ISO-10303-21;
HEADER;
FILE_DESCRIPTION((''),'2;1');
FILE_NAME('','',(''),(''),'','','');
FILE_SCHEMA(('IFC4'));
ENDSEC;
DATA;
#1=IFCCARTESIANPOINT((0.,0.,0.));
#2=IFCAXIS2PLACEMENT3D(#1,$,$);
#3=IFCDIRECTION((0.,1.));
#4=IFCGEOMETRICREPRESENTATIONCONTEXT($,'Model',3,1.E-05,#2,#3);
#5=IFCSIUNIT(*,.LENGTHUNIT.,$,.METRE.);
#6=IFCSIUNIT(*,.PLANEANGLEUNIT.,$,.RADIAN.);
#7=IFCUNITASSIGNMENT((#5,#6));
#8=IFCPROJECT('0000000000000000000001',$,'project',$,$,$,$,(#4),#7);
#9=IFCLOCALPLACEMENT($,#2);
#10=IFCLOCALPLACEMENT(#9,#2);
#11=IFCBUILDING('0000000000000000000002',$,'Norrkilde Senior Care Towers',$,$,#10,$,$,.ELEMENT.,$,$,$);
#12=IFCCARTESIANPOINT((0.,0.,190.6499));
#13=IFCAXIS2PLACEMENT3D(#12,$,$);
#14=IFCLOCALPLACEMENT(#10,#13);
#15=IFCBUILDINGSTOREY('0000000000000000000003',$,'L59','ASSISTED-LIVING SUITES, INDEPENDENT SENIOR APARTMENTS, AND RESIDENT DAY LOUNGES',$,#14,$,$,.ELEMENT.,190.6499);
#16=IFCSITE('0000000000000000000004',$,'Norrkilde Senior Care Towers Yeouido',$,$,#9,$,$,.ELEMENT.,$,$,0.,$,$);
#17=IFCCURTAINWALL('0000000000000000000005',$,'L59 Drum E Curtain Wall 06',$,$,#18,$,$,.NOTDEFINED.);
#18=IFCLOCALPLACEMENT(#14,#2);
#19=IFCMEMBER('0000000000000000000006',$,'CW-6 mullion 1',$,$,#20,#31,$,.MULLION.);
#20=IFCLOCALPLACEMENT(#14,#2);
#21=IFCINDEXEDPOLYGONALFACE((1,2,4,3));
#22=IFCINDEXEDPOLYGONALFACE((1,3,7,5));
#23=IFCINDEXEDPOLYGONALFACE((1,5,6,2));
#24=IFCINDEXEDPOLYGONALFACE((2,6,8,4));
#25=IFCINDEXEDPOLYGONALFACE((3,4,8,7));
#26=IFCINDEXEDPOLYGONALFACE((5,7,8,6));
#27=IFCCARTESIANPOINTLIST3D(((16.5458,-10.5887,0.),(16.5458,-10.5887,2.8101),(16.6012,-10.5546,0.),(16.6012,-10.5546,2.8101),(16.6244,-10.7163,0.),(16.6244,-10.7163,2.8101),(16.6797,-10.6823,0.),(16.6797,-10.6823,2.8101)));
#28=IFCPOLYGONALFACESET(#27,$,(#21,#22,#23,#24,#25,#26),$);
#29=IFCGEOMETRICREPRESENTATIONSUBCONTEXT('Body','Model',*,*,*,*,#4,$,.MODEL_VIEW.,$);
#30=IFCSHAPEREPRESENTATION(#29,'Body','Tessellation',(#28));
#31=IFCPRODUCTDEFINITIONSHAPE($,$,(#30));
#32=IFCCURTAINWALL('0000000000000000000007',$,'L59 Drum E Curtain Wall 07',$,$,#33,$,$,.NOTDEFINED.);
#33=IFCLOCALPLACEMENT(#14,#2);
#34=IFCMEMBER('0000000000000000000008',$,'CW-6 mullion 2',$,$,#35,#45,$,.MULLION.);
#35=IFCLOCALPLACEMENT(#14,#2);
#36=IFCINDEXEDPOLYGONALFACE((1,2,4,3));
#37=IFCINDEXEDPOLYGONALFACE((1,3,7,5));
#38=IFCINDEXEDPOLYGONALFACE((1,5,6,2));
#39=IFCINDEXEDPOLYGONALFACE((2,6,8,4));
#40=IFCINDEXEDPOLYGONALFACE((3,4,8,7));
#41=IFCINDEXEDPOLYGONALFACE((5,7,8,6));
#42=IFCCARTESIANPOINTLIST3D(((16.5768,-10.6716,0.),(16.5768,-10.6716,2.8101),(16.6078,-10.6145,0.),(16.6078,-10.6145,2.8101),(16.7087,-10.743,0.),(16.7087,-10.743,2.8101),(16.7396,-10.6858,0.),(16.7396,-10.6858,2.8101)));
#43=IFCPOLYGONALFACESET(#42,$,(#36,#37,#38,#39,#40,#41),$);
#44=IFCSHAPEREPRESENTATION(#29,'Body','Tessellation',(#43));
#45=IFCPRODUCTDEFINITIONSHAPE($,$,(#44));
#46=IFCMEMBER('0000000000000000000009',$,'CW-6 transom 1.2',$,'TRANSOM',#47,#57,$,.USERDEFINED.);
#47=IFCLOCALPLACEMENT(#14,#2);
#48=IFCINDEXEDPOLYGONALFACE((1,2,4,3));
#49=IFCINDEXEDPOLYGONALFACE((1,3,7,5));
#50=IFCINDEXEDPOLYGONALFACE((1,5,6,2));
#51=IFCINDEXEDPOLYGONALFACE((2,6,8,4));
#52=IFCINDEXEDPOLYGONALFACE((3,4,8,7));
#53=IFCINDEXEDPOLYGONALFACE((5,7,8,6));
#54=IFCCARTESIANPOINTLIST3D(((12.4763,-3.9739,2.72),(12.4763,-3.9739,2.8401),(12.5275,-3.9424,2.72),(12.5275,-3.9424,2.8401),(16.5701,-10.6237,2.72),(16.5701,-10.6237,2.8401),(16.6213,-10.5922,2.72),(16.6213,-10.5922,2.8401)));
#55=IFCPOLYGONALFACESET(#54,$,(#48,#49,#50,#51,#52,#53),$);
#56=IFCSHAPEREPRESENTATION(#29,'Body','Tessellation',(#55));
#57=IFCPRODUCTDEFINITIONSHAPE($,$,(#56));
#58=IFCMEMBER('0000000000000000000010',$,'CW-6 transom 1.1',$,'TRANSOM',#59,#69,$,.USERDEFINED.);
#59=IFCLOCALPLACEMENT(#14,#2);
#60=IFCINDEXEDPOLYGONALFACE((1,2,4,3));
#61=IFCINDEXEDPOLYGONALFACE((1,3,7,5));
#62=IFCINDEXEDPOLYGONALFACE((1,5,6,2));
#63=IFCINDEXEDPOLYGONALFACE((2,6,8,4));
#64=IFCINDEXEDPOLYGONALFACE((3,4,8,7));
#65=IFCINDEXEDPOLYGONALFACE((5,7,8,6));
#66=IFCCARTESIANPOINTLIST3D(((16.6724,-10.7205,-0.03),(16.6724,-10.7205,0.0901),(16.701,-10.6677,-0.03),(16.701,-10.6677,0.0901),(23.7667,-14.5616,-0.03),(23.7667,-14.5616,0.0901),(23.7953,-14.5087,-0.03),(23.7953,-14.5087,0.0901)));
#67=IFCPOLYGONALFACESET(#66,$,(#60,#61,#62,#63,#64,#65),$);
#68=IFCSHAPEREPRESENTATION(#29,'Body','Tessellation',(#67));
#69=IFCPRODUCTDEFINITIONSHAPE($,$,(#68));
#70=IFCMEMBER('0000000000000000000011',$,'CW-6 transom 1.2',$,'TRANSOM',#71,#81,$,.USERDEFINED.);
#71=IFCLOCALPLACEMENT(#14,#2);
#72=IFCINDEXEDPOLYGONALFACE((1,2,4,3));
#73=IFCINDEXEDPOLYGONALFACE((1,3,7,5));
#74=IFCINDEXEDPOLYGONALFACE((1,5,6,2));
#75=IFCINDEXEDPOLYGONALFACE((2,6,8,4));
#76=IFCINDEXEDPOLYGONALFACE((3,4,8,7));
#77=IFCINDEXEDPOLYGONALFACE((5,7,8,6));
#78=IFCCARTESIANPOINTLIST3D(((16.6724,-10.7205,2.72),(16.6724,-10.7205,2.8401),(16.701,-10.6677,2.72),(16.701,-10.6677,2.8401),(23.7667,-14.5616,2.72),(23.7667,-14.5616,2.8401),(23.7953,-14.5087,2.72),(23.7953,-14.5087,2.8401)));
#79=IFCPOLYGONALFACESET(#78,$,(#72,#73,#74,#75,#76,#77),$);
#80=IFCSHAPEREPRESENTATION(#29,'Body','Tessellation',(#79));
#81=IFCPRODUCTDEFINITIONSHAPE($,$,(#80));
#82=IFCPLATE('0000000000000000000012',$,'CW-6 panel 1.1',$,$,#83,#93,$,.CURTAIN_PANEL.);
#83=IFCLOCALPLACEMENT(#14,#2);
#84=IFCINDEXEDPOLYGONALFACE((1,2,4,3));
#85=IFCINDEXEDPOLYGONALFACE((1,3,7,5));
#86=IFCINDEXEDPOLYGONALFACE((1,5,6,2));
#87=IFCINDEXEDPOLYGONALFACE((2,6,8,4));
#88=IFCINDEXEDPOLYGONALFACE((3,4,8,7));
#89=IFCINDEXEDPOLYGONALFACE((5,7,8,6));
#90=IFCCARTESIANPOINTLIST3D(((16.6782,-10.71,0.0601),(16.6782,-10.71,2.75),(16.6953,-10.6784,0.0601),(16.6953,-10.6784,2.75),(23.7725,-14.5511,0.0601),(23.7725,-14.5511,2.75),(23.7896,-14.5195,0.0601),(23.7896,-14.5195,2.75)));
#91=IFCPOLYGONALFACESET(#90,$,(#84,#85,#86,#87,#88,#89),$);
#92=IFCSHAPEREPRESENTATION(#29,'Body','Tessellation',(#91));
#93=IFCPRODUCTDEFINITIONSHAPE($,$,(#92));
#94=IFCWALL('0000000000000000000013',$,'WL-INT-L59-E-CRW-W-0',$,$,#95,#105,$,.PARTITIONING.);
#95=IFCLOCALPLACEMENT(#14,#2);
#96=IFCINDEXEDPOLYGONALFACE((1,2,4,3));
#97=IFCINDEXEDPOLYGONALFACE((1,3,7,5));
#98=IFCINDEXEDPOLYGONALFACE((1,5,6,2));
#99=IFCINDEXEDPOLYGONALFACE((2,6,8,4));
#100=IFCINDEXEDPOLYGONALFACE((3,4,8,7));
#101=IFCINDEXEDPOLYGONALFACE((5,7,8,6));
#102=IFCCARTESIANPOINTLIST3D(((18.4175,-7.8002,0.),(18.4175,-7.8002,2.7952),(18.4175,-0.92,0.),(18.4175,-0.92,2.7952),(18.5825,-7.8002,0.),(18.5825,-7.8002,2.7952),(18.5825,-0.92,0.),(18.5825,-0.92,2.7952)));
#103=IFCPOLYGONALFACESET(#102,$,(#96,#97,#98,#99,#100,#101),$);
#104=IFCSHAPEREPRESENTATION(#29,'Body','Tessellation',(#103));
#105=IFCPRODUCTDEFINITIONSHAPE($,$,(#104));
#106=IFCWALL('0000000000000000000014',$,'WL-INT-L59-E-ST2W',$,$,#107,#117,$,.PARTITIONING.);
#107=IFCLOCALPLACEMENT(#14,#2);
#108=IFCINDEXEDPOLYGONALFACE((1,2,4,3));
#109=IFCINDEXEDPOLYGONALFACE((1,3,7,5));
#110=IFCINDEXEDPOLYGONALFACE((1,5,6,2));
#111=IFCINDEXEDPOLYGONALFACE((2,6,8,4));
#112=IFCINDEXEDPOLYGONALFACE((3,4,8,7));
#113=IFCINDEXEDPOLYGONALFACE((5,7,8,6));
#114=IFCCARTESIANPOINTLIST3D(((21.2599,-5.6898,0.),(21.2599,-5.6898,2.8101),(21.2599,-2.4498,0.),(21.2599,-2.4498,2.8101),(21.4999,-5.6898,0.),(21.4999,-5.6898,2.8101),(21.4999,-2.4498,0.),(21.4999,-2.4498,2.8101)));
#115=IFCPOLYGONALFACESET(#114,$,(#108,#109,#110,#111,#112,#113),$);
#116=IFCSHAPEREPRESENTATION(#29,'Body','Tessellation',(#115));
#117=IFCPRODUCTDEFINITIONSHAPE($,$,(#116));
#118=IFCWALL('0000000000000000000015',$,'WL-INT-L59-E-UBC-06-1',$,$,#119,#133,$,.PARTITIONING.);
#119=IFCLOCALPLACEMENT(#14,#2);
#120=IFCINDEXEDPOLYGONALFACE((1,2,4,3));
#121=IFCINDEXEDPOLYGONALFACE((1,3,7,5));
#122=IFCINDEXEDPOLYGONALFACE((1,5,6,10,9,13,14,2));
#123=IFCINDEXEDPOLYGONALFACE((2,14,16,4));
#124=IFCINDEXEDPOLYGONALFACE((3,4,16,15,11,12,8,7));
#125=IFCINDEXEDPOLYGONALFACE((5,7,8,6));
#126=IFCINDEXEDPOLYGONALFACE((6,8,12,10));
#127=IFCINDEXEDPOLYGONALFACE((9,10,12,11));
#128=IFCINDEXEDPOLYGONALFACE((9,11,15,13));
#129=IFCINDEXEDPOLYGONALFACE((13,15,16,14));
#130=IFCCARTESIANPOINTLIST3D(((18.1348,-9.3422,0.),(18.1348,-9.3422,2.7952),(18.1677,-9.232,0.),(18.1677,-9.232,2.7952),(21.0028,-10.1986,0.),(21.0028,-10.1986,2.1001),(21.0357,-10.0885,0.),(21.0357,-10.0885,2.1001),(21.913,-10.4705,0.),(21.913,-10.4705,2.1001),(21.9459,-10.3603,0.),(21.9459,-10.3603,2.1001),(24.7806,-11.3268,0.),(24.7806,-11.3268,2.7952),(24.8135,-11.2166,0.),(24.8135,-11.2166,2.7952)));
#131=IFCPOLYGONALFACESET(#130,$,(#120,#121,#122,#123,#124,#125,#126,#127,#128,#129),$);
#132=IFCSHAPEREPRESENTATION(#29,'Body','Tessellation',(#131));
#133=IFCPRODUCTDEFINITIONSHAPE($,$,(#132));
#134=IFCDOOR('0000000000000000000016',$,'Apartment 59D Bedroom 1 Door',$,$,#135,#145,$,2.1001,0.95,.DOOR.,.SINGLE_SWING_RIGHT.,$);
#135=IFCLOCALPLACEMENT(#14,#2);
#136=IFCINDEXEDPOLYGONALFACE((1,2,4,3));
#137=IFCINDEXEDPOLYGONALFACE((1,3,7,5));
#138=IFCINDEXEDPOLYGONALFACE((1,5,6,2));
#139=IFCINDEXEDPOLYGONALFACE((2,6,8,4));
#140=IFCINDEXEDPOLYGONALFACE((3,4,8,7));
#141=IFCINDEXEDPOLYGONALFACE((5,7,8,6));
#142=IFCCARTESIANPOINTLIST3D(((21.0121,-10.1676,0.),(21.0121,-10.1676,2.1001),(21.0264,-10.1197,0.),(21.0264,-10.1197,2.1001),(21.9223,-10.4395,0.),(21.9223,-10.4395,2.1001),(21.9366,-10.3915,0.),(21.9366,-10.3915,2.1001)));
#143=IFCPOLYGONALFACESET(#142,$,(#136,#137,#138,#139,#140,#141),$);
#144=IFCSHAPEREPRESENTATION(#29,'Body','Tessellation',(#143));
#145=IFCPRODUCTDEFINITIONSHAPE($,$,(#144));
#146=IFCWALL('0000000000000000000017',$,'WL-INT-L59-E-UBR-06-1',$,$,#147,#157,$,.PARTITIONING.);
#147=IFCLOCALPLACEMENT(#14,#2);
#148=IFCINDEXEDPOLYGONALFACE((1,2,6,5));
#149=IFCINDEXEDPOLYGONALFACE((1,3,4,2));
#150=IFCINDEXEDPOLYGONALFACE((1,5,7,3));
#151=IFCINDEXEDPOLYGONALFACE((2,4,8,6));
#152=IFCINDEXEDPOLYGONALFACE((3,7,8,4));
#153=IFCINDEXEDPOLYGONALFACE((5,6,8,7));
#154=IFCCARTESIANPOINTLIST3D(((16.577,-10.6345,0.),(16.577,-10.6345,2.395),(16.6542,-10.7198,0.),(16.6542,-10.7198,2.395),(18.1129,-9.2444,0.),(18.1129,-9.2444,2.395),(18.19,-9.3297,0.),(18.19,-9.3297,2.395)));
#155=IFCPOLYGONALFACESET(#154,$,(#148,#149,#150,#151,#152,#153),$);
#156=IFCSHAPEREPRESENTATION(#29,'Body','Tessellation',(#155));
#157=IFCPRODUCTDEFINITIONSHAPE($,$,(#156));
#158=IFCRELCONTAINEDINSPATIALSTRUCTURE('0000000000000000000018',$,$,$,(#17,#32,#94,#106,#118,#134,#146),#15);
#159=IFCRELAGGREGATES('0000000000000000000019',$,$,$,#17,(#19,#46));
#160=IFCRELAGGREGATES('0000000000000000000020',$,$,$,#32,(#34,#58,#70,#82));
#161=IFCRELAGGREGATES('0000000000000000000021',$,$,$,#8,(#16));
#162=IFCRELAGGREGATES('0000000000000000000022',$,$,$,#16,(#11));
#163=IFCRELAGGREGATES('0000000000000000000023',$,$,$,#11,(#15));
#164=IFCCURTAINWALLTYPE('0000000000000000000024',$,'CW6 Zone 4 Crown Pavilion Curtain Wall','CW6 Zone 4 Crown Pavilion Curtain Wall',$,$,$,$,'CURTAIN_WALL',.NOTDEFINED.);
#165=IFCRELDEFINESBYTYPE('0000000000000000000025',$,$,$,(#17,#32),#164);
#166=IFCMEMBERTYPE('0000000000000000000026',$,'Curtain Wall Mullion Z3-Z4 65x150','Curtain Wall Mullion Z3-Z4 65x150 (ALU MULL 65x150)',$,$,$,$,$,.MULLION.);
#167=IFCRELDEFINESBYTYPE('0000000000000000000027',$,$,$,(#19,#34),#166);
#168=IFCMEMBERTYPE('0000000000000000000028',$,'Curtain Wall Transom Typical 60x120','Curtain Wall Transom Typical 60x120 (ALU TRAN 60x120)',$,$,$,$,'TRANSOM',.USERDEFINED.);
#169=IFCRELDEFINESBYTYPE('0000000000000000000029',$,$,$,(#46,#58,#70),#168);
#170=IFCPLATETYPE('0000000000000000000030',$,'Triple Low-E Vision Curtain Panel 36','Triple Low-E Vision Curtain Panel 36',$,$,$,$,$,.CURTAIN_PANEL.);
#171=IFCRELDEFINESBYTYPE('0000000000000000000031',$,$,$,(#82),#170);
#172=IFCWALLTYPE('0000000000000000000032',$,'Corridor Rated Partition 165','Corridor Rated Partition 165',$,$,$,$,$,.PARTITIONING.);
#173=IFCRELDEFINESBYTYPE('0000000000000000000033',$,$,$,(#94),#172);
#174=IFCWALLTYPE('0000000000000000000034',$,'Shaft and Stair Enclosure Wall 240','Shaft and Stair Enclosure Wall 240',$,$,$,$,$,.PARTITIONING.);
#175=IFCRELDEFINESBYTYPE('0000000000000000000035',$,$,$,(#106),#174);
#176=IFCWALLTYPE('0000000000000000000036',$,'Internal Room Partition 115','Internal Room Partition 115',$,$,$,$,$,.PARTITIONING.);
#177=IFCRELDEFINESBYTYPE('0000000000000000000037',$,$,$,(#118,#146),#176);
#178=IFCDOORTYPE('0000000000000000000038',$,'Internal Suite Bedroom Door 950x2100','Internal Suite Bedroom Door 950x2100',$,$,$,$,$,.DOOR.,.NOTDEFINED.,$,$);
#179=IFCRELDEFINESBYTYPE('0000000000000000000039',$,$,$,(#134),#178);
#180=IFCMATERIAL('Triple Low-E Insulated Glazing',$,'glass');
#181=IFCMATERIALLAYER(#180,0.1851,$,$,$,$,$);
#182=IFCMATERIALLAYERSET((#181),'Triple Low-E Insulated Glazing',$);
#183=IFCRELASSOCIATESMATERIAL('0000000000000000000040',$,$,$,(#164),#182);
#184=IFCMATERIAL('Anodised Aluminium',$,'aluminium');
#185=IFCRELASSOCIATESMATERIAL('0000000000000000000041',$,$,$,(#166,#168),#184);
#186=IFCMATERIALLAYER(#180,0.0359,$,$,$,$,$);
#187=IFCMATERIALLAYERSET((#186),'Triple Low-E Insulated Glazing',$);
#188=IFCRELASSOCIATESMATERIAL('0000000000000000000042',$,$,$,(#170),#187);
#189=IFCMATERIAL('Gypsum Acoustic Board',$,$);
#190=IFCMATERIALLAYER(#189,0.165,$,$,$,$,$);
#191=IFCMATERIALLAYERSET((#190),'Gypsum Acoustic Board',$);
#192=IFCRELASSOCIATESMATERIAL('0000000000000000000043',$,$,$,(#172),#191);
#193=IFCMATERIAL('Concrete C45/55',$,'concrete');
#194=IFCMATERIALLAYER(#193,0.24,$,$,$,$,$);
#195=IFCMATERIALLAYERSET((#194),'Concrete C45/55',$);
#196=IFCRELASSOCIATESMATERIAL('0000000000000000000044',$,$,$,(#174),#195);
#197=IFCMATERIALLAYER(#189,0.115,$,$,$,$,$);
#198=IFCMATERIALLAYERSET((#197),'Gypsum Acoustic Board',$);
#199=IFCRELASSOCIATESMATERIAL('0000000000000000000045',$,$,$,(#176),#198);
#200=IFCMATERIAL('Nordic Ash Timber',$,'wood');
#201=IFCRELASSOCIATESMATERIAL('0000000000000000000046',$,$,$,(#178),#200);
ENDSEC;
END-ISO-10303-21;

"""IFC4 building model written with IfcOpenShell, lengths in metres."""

from ifc_helpers import new_model, si_unit, direction, frame, frame_2d, origin, origin_2d, place, context, subcontext, project, spatial, rectangle, extrude, source, transform, mapped, material, layer, layer_set, material_profile, profile_set, type_object, type_shapes, element, fill, aggregate, save


model = new_model("IFC4")

# Units and contexts
model_context = context("Model", 3, precision=1e-05, world=origin(), true_north=direction((0.0, 1.0)))
body_context = subcontext(model_context, "Body", "Model", "MODEL_VIEW")
ifc_project = project(units=[si_unit("LENGTHUNIT", "METRE"), si_unit("PLANEANGLEUNIT", "RADIAN")], contexts=[model_context])

# Site, building, storey
site_placement = place(None, origin())
site = spatial("IfcSite", under=ifc_project, at=site_placement, Name="Norrkilde Senior Care Towers Yeouido", CompositionType="ELEMENT", RefElevation=0.0)
building_placement = place(site_placement, origin())
building = spatial("IfcBuilding", under=site, at=building_placement, Name="Norrkilde Senior Care Towers", CompositionType="ELEMENT")
storey_placement = place(building_placement, frame((0.0, 0.0, 190.6499)))
storey = spatial("IfcBuildingStorey", under=building, at=storey_placement, Name="L59", Description="ASSISTED-LIVING SUITES, INDEPENDENT SENIOR APARTMENTS, AND RESIDENT DAY LOUNGES", CompositionType="ELEMENT", Elevation=190.6499)

# Curtain walls, members
ifc_material_1 = material(Name="Triple Low-E Insulated Glazing", Category="glass")
ifc_layer_1 = layer(ifc_material_1, 0.1851)
ifc_layer_set_1 = layer_set([ifc_layer_1], Name="Triple Low-E Insulated Glazing")
curtain_wall_type = type_object("IfcCurtainWallType", Name="CW6 Zone 4 Crown Pavilion Curtain Wall", Description="CW6 Zone 4 Crown Pavilion Curtain Wall", ElementType="CURTAIN_WALL", PredefinedType="NOTDEFINED", material=ifc_layer_set_1)
curtain_wall_1_placement = place(storey_placement, origin())
curtain_wall_1 = element("IfcCurtainWall", 1, at=curtain_wall_1_placement, inside=storey, type_object=curtain_wall_type, Name="L59 Drum E Curtain Wall 06", PredefinedType="NOTDEFINED")
ifc_material_2 = material(Name="Anodised Aluminium", Category="aluminium")
ifc_material_profile_1 = material_profile(ifc_material_2, rectangle(XDim=0.0649, YDim=0.1499, at=origin_2d()), Name="ALU MULL 65x150")
ifc_profile_set_1 = profile_set([ifc_material_profile_1], Name="Anodised Aluminium")
member_type_1 = type_object("IfcMemberType", Name="Curtain Wall Mullion Z3-Z4 65x150", Description="Curtain Wall Mullion Z3-Z4 65x150 (ALU MULL 65x150)", PredefinedType="MULLION", material=ifc_profile_set_1)
shared_shape_1 = source(origin(), body_context, "Body", "SweptSolid", [
    extrude(rectangle(XDim=0.0649, YDim=0.1499, at=origin_2d()), origin(), (0.0, 0.0, 1.0), 2.8101),
])
type_shapes(member_type_1, [shared_shape_1])
member_1_placement = place(storey_placement, frame((16.6128, -10.6355, 0.0), z_axis=(0.0, 0.0, 1.0), x_axis=(-0.851563, -0.524253, 0.0)))
member_1 = element("IfcMember", 2, at=member_1_placement, type_object=member_type_1, Name="CW-6 mullion 1", PredefinedType="MULLION", context=body_context, shape_type="MappedRepresentation", body=[
    mapped(shared_shape_1, transform((0.0, 0.0, 0.0), x_axis=(1.0, 0.0, 0.0), y_axis=(0.0, 1.0, 0.0), z_axis=(0.0, 0.0, 1.0), scale=1.0)),
])
curtain_wall_2_placement = place(storey_placement, origin())
curtain_wall_2 = element("IfcCurtainWall", 3, at=curtain_wall_2_placement, inside=storey, type_object=curtain_wall_type, Name="L59 Drum E Curtain Wall 07", PredefinedType="NOTDEFINED")
member_2_placement = place(storey_placement, frame((16.6582, -10.6787, 0.0), z_axis=(0.0, 0.0, 1.0), x_axis=(-0.476133, -0.879373, 0.0)))
member_2 = element("IfcMember", 4, at=member_2_placement, type_object=member_type_1, Name="CW-6 mullion 2", PredefinedType="MULLION", context=body_context, shape_type="MappedRepresentation", body=[
    mapped(shared_shape_1, transform((0.0, 0.0, 0.0), x_axis=(1.0, 0.0, 0.0), y_axis=(0.0, 1.0, 0.0), z_axis=(0.0, 0.0, 1.0), scale=1.0)),
])

# Members
ifc_material_profile_2 = material_profile(ifc_material_2, rectangle(XDim=0.0601, YDim=0.1201, at=origin_2d()), Name="ALU TRAN 60x120")
ifc_profile_set_2 = profile_set([ifc_material_profile_2], Name="Anodised Aluminium")
member_type_2 = type_object("IfcMemberType", Name="Curtain Wall Transom Typical 60x120", Description="Curtain Wall Transom Typical 60x120 (ALU TRAN 60x120)", ElementType="TRANSOM", PredefinedType="USERDEFINED", material=ifc_profile_set_2)
shared_shape_2 = source(origin(), body_context, "Body", "SweptSolid", [
    extrude(rectangle(XDim=0.0601, YDim=0.1201, at=origin_2d()), origin(), (0.0, 0.0, 1.0), 7.8088),
])
member_3_placement = place(storey_placement, frame((16.5957, -10.6079, 2.78), z_axis=(-0.524251, 0.851564, 0.0), x_axis=(-0.851564, -0.524251, 0.0)))
member_3 = element("IfcMember", 5, at=member_3_placement, type_object=member_type_2, Name="CW-6 transom 1.2", ObjectType="TRANSOM", PredefinedType="USERDEFINED", context=body_context, shape_type="MappedRepresentation", body=[
    mapped(shared_shape_2, transform((0.0, 0.0, 0.0), x_axis=(1.0, 0.0, 0.0), y_axis=(0.0, 1.0, 0.0), z_axis=(0.0, 0.0, 1.0), scale=1.0)),
])
aggregate(curtain_wall_1, [member_1, member_3])
shared_shape_3 = source(origin(), body_context, "Body", "SweptSolid", [
    extrude(rectangle(XDim=0.0601, YDim=0.1201, at=origin_2d()), origin(), (0.0, 0.0, 1.0), 8.0674),
])
type_shapes(member_type_2, [shared_shape_2, shared_shape_3])
member_4_placement = place(storey_placement, frame((23.781, -14.5352, 0.03), z_axis=(-0.879378, 0.476125, 0.0), x_axis=(-0.476125, -0.879378, 0.0)))
member_4 = element("IfcMember", 6, at=member_4_placement, type_object=member_type_2, Name="CW-6 transom 1.1", ObjectType="TRANSOM", PredefinedType="USERDEFINED", context=body_context, shape_type="MappedRepresentation", body=[
    mapped(shared_shape_3, transform((0.0, 0.0, 0.0), x_axis=(1.0, 0.0, 0.0), y_axis=(0.0, 1.0, 0.0), z_axis=(0.0, 0.0, 1.0), scale=1.0)),
])
member_5_placement = place(storey_placement, frame((23.781, -14.5352, 2.78), z_axis=(-0.879378, 0.476125, 0.0), x_axis=(-0.476125, -0.879378, 0.0)))
member_5 = element("IfcMember", 7, at=member_5_placement, type_object=member_type_2, Name="CW-6 transom 1.2", ObjectType="TRANSOM", PredefinedType="USERDEFINED", context=body_context, shape_type="MappedRepresentation", body=[
    mapped(shared_shape_3, transform((0.0, 0.0, 0.0), x_axis=(1.0, 0.0, 0.0), y_axis=(0.0, 1.0, 0.0), z_axis=(0.0, 0.0, 1.0), scale=1.0)),
])

# Plate
ifc_layer_2 = layer(ifc_material_1, 0.0359)
ifc_layer_set_2 = layer_set([ifc_layer_2], Name="Triple Low-E Insulated Glazing")
plate_type = type_object("IfcPlateType", Name="Triple Low-E Vision Curtain Panel 36", Description="Triple Low-E Vision Curtain Panel 36", PredefinedType="CURTAIN_PANEL", material=ifc_layer_set_2)
shared_shape_4 = source(origin(), body_context, "Body", "SweptSolid", [
    extrude(rectangle(XDim=8.0674, YDim=0.0359, at=origin_2d()), origin(), (0.0, 0.0, 1.0), 2.6899),
])
type_shapes(plate_type, [shared_shape_4])
plate_placement = place(storey_placement, frame((20.2339, -12.6147, 0.0601), z_axis=(0.0, 0.0, 1.0), x_axis=(-0.879373, 0.476133, 0.0)))
plate = element("IfcPlate", 8, at=plate_placement, type_object=plate_type, Name="CW-6 panel 1.1", PredefinedType="CURTAIN_PANEL", context=body_context, shape_type="MappedRepresentation", body=[
    mapped(shared_shape_4, transform((0.0, 0.0, 0.0), x_axis=(1.0, 0.0, 0.0), y_axis=(0.0, 1.0, 0.0), z_axis=(0.0, 0.0, 1.0), scale=1.0)),
])
aggregate(curtain_wall_2, [member_2, member_4, member_5, plate])

# Walls
ifc_material_3 = material(Name="Gypsum Acoustic Board")
ifc_layer_3 = layer(ifc_material_3, 0.165)
ifc_layer_set_3 = layer_set([ifc_layer_3], Name="Gypsum Acoustic Board")
wall_type_1 = type_object("IfcWallType", Name="Corridor Rated Partition 165", Description="Corridor Rated Partition 165", PredefinedType="PARTITIONING", material=ifc_layer_set_3)
shared_shape_5 = source(origin(), body_context, "Body", "SweptSolid", [
    extrude(rectangle(XDim=6.8801, YDim=0.165, at=frame_2d((3.4399, 0.0))), origin(), (0.0, 0.0, 1.0), 2.7952),
])
type_shapes(wall_type_1, [shared_shape_5])
wall_1_placement = place(storey_placement, frame((18.5, -7.8, 0.0), z_axis=(0.0, 0.0, 1.0), x_axis=(0.0, 1.0, 0.0)))
element("IfcWall", 9, at=wall_1_placement, inside=storey, type_object=wall_type_1, Name="WL-INT-L59-E-CRW-W-0", PredefinedType="PARTITIONING", context=body_context, shape_type="MappedRepresentation", body=[
    mapped(shared_shape_5, transform((0.0, 0.0, 0.0), x_axis=(1.0, 0.0, 0.0), y_axis=(0.0, 1.0, 0.0), z_axis=(0.0, 0.0, 1.0), scale=1.0)),
])
ifc_material_4 = material(Name="Concrete C45/55", Category="concrete")
ifc_layer_4 = layer(ifc_material_4, 0.24)
ifc_layer_set_4 = layer_set([ifc_layer_4], Name="Concrete C45/55")
wall_type_2 = type_object("IfcWallType", Name="Shaft and Stair Enclosure Wall 240", Description="Shaft and Stair Enclosure Wall 240", PredefinedType="PARTITIONING", material=ifc_layer_set_4)
shared_shape_6 = source(origin(), body_context, "Body", "SweptSolid", [
    extrude(rectangle(XDim=3.24, YDim=0.24, at=frame_2d((1.6201, 0.0))), origin(), (0.0, 0.0, 1.0), 2.8101),
])
type_shapes(wall_type_2, [shared_shape_6])
wall_2_placement = place(storey_placement, frame((21.3799, -5.6899, 0.0), z_axis=(0.0, 0.0, 1.0), x_axis=(0.0, 1.0, 0.0)))
element("IfcWall", 10, at=wall_2_placement, inside=storey, type_object=wall_type_2, Name="WL-INT-L59-E-ST2W", PredefinedType="PARTITIONING", context=body_context, shape_type="MappedRepresentation", body=[
    mapped(shared_shape_6, transform((0.0, 0.0, 0.0), x_axis=(1.0, 0.0, 0.0), y_axis=(0.0, 1.0, 0.0), z_axis=(0.0, 0.0, 1.0), scale=1.0)),
])

# Wall, opening, door
ifc_layer_5 = layer(ifc_material_3, 0.115)
ifc_layer_set_5 = layer_set([ifc_layer_5], Name="Gypsum Acoustic Board")
wall_type_3 = type_object("IfcWallType", Name="Internal Room Partition 115", Description="Internal Room Partition 115", PredefinedType="PARTITIONING", material=ifc_layer_set_5)
shared_shape_7 = source(origin(), body_context, "Body", "SweptSolid", [
    extrude(rectangle(XDim=6.9358, YDim=0.115, at=frame_2d((3.4678, 0.0))), origin(), (0.0, 0.0, 1.0), 2.7952),
])
wall_3_placement = place(storey_placement, frame((18.1514, -9.2871, 0.0), z_axis=(0.0, 0.0, 1.0), x_axis=(0.958187, -0.286143, 0.0)))
wall_3 = element("IfcWall", 11, at=wall_3_placement, inside=storey, type_object=wall_type_3, Name="WL-INT-L59-E-UBC-06-1", PredefinedType="PARTITIONING", context=body_context, shape_type="MappedRepresentation", body=[
    mapped(shared_shape_7, transform((0.0, 0.0, 0.0), x_axis=(1.0, 0.0, 0.0), y_axis=(0.0, 1.0, 0.0), z_axis=(0.0, 0.0, 1.0), scale=1.0)),
])
opening_placement = place(wall_3_placement, frame((2.9929, 0.0, 0.0)))
opening = element("IfcOpeningElement", 12, at=opening_placement, cuts=wall_3, PredefinedType="OPENING", context=body_context, shape_type="SweptSolid", body=[
    extrude(rectangle(XDim=0.95, YDim=2.1001, at=frame_2d((0.4751, 1.05))), frame((0.0, 0.0674, 0.0), z_axis=(0.0, -1.0, 0.0), x_axis=(1.0, 0.0, 0.0)), (0.0, 0.0, 1.0), 0.135),
])
ifc_material_5 = material(Name="Nordic Ash Timber", Category="wood")
door_type = type_object("IfcDoorType", Name="Internal Suite Bedroom Door 950x2100", Description="Internal Suite Bedroom Door 950x2100", OperationType="NOTDEFINED", PredefinedType="DOOR", material=ifc_material_5)
shared_shape_8 = source(origin(), body_context, "Body", "SweptSolid", [
    extrude(rectangle(XDim=0.95, YDim=2.1001, at=frame_2d((0.4751, 1.05))), frame((0.0, 0.0249, 0.0), z_axis=(0.0, -1.0, 0.0), x_axis=(1.0, 0.0, 0.0)), (0.0, 0.0, 1.0), 0.05),
])
type_shapes(door_type, [shared_shape_8])
door_placement = place(opening_placement, origin())
door = element("IfcDoor", 13, at=door_placement, inside=storey, type_object=door_type, Name="Apartment 59D Bedroom 1 Door", OperationType="SINGLE_SWING_RIGHT", OverallHeight=2.1001, OverallWidth=0.95, PredefinedType="DOOR", context=body_context, shape_type="MappedRepresentation", body=[
    mapped(shared_shape_8, transform((0.0, 0.0, 0.0), x_axis=(1.0, 0.0, 0.0), y_axis=(0.0, 1.0, 0.0), z_axis=(0.0, 0.0, 1.0), scale=1.0)),
])
fill(opening, door)

# Wall
shared_shape_9 = source(origin(), body_context, "Body", "SweptSolid", [
    extrude(rectangle(XDim=2.0715, YDim=0.115, at=frame_2d((1.0356, 0.0))), origin(), (0.0, 0.0, 1.0), 2.395),
])
type_shapes(wall_type_3, [shared_shape_7, shared_shape_9])
wall_4_placement = place(storey_placement, frame((18.1514, -9.2871, 0.0), z_axis=(0.0, 0.0, 1.0), x_axis=(-0.74141, -0.671052, 0.0)))
element("IfcWall", 14, at=wall_4_placement, inside=storey, type_object=wall_type_3, Name="WL-INT-L59-E-UBR-06-1", PredefinedType="PARTITIONING", context=body_context, shape_type="MappedRepresentation", body=[
    mapped(shared_shape_9, transform((0.0, 0.0, 0.0), x_axis=(1.0, 0.0, 0.0), y_axis=(0.0, 1.0, 0.0), z_axis=(0.0, 0.0, 1.0), scale=1.0)),
])

save(model, "model.ifc")
